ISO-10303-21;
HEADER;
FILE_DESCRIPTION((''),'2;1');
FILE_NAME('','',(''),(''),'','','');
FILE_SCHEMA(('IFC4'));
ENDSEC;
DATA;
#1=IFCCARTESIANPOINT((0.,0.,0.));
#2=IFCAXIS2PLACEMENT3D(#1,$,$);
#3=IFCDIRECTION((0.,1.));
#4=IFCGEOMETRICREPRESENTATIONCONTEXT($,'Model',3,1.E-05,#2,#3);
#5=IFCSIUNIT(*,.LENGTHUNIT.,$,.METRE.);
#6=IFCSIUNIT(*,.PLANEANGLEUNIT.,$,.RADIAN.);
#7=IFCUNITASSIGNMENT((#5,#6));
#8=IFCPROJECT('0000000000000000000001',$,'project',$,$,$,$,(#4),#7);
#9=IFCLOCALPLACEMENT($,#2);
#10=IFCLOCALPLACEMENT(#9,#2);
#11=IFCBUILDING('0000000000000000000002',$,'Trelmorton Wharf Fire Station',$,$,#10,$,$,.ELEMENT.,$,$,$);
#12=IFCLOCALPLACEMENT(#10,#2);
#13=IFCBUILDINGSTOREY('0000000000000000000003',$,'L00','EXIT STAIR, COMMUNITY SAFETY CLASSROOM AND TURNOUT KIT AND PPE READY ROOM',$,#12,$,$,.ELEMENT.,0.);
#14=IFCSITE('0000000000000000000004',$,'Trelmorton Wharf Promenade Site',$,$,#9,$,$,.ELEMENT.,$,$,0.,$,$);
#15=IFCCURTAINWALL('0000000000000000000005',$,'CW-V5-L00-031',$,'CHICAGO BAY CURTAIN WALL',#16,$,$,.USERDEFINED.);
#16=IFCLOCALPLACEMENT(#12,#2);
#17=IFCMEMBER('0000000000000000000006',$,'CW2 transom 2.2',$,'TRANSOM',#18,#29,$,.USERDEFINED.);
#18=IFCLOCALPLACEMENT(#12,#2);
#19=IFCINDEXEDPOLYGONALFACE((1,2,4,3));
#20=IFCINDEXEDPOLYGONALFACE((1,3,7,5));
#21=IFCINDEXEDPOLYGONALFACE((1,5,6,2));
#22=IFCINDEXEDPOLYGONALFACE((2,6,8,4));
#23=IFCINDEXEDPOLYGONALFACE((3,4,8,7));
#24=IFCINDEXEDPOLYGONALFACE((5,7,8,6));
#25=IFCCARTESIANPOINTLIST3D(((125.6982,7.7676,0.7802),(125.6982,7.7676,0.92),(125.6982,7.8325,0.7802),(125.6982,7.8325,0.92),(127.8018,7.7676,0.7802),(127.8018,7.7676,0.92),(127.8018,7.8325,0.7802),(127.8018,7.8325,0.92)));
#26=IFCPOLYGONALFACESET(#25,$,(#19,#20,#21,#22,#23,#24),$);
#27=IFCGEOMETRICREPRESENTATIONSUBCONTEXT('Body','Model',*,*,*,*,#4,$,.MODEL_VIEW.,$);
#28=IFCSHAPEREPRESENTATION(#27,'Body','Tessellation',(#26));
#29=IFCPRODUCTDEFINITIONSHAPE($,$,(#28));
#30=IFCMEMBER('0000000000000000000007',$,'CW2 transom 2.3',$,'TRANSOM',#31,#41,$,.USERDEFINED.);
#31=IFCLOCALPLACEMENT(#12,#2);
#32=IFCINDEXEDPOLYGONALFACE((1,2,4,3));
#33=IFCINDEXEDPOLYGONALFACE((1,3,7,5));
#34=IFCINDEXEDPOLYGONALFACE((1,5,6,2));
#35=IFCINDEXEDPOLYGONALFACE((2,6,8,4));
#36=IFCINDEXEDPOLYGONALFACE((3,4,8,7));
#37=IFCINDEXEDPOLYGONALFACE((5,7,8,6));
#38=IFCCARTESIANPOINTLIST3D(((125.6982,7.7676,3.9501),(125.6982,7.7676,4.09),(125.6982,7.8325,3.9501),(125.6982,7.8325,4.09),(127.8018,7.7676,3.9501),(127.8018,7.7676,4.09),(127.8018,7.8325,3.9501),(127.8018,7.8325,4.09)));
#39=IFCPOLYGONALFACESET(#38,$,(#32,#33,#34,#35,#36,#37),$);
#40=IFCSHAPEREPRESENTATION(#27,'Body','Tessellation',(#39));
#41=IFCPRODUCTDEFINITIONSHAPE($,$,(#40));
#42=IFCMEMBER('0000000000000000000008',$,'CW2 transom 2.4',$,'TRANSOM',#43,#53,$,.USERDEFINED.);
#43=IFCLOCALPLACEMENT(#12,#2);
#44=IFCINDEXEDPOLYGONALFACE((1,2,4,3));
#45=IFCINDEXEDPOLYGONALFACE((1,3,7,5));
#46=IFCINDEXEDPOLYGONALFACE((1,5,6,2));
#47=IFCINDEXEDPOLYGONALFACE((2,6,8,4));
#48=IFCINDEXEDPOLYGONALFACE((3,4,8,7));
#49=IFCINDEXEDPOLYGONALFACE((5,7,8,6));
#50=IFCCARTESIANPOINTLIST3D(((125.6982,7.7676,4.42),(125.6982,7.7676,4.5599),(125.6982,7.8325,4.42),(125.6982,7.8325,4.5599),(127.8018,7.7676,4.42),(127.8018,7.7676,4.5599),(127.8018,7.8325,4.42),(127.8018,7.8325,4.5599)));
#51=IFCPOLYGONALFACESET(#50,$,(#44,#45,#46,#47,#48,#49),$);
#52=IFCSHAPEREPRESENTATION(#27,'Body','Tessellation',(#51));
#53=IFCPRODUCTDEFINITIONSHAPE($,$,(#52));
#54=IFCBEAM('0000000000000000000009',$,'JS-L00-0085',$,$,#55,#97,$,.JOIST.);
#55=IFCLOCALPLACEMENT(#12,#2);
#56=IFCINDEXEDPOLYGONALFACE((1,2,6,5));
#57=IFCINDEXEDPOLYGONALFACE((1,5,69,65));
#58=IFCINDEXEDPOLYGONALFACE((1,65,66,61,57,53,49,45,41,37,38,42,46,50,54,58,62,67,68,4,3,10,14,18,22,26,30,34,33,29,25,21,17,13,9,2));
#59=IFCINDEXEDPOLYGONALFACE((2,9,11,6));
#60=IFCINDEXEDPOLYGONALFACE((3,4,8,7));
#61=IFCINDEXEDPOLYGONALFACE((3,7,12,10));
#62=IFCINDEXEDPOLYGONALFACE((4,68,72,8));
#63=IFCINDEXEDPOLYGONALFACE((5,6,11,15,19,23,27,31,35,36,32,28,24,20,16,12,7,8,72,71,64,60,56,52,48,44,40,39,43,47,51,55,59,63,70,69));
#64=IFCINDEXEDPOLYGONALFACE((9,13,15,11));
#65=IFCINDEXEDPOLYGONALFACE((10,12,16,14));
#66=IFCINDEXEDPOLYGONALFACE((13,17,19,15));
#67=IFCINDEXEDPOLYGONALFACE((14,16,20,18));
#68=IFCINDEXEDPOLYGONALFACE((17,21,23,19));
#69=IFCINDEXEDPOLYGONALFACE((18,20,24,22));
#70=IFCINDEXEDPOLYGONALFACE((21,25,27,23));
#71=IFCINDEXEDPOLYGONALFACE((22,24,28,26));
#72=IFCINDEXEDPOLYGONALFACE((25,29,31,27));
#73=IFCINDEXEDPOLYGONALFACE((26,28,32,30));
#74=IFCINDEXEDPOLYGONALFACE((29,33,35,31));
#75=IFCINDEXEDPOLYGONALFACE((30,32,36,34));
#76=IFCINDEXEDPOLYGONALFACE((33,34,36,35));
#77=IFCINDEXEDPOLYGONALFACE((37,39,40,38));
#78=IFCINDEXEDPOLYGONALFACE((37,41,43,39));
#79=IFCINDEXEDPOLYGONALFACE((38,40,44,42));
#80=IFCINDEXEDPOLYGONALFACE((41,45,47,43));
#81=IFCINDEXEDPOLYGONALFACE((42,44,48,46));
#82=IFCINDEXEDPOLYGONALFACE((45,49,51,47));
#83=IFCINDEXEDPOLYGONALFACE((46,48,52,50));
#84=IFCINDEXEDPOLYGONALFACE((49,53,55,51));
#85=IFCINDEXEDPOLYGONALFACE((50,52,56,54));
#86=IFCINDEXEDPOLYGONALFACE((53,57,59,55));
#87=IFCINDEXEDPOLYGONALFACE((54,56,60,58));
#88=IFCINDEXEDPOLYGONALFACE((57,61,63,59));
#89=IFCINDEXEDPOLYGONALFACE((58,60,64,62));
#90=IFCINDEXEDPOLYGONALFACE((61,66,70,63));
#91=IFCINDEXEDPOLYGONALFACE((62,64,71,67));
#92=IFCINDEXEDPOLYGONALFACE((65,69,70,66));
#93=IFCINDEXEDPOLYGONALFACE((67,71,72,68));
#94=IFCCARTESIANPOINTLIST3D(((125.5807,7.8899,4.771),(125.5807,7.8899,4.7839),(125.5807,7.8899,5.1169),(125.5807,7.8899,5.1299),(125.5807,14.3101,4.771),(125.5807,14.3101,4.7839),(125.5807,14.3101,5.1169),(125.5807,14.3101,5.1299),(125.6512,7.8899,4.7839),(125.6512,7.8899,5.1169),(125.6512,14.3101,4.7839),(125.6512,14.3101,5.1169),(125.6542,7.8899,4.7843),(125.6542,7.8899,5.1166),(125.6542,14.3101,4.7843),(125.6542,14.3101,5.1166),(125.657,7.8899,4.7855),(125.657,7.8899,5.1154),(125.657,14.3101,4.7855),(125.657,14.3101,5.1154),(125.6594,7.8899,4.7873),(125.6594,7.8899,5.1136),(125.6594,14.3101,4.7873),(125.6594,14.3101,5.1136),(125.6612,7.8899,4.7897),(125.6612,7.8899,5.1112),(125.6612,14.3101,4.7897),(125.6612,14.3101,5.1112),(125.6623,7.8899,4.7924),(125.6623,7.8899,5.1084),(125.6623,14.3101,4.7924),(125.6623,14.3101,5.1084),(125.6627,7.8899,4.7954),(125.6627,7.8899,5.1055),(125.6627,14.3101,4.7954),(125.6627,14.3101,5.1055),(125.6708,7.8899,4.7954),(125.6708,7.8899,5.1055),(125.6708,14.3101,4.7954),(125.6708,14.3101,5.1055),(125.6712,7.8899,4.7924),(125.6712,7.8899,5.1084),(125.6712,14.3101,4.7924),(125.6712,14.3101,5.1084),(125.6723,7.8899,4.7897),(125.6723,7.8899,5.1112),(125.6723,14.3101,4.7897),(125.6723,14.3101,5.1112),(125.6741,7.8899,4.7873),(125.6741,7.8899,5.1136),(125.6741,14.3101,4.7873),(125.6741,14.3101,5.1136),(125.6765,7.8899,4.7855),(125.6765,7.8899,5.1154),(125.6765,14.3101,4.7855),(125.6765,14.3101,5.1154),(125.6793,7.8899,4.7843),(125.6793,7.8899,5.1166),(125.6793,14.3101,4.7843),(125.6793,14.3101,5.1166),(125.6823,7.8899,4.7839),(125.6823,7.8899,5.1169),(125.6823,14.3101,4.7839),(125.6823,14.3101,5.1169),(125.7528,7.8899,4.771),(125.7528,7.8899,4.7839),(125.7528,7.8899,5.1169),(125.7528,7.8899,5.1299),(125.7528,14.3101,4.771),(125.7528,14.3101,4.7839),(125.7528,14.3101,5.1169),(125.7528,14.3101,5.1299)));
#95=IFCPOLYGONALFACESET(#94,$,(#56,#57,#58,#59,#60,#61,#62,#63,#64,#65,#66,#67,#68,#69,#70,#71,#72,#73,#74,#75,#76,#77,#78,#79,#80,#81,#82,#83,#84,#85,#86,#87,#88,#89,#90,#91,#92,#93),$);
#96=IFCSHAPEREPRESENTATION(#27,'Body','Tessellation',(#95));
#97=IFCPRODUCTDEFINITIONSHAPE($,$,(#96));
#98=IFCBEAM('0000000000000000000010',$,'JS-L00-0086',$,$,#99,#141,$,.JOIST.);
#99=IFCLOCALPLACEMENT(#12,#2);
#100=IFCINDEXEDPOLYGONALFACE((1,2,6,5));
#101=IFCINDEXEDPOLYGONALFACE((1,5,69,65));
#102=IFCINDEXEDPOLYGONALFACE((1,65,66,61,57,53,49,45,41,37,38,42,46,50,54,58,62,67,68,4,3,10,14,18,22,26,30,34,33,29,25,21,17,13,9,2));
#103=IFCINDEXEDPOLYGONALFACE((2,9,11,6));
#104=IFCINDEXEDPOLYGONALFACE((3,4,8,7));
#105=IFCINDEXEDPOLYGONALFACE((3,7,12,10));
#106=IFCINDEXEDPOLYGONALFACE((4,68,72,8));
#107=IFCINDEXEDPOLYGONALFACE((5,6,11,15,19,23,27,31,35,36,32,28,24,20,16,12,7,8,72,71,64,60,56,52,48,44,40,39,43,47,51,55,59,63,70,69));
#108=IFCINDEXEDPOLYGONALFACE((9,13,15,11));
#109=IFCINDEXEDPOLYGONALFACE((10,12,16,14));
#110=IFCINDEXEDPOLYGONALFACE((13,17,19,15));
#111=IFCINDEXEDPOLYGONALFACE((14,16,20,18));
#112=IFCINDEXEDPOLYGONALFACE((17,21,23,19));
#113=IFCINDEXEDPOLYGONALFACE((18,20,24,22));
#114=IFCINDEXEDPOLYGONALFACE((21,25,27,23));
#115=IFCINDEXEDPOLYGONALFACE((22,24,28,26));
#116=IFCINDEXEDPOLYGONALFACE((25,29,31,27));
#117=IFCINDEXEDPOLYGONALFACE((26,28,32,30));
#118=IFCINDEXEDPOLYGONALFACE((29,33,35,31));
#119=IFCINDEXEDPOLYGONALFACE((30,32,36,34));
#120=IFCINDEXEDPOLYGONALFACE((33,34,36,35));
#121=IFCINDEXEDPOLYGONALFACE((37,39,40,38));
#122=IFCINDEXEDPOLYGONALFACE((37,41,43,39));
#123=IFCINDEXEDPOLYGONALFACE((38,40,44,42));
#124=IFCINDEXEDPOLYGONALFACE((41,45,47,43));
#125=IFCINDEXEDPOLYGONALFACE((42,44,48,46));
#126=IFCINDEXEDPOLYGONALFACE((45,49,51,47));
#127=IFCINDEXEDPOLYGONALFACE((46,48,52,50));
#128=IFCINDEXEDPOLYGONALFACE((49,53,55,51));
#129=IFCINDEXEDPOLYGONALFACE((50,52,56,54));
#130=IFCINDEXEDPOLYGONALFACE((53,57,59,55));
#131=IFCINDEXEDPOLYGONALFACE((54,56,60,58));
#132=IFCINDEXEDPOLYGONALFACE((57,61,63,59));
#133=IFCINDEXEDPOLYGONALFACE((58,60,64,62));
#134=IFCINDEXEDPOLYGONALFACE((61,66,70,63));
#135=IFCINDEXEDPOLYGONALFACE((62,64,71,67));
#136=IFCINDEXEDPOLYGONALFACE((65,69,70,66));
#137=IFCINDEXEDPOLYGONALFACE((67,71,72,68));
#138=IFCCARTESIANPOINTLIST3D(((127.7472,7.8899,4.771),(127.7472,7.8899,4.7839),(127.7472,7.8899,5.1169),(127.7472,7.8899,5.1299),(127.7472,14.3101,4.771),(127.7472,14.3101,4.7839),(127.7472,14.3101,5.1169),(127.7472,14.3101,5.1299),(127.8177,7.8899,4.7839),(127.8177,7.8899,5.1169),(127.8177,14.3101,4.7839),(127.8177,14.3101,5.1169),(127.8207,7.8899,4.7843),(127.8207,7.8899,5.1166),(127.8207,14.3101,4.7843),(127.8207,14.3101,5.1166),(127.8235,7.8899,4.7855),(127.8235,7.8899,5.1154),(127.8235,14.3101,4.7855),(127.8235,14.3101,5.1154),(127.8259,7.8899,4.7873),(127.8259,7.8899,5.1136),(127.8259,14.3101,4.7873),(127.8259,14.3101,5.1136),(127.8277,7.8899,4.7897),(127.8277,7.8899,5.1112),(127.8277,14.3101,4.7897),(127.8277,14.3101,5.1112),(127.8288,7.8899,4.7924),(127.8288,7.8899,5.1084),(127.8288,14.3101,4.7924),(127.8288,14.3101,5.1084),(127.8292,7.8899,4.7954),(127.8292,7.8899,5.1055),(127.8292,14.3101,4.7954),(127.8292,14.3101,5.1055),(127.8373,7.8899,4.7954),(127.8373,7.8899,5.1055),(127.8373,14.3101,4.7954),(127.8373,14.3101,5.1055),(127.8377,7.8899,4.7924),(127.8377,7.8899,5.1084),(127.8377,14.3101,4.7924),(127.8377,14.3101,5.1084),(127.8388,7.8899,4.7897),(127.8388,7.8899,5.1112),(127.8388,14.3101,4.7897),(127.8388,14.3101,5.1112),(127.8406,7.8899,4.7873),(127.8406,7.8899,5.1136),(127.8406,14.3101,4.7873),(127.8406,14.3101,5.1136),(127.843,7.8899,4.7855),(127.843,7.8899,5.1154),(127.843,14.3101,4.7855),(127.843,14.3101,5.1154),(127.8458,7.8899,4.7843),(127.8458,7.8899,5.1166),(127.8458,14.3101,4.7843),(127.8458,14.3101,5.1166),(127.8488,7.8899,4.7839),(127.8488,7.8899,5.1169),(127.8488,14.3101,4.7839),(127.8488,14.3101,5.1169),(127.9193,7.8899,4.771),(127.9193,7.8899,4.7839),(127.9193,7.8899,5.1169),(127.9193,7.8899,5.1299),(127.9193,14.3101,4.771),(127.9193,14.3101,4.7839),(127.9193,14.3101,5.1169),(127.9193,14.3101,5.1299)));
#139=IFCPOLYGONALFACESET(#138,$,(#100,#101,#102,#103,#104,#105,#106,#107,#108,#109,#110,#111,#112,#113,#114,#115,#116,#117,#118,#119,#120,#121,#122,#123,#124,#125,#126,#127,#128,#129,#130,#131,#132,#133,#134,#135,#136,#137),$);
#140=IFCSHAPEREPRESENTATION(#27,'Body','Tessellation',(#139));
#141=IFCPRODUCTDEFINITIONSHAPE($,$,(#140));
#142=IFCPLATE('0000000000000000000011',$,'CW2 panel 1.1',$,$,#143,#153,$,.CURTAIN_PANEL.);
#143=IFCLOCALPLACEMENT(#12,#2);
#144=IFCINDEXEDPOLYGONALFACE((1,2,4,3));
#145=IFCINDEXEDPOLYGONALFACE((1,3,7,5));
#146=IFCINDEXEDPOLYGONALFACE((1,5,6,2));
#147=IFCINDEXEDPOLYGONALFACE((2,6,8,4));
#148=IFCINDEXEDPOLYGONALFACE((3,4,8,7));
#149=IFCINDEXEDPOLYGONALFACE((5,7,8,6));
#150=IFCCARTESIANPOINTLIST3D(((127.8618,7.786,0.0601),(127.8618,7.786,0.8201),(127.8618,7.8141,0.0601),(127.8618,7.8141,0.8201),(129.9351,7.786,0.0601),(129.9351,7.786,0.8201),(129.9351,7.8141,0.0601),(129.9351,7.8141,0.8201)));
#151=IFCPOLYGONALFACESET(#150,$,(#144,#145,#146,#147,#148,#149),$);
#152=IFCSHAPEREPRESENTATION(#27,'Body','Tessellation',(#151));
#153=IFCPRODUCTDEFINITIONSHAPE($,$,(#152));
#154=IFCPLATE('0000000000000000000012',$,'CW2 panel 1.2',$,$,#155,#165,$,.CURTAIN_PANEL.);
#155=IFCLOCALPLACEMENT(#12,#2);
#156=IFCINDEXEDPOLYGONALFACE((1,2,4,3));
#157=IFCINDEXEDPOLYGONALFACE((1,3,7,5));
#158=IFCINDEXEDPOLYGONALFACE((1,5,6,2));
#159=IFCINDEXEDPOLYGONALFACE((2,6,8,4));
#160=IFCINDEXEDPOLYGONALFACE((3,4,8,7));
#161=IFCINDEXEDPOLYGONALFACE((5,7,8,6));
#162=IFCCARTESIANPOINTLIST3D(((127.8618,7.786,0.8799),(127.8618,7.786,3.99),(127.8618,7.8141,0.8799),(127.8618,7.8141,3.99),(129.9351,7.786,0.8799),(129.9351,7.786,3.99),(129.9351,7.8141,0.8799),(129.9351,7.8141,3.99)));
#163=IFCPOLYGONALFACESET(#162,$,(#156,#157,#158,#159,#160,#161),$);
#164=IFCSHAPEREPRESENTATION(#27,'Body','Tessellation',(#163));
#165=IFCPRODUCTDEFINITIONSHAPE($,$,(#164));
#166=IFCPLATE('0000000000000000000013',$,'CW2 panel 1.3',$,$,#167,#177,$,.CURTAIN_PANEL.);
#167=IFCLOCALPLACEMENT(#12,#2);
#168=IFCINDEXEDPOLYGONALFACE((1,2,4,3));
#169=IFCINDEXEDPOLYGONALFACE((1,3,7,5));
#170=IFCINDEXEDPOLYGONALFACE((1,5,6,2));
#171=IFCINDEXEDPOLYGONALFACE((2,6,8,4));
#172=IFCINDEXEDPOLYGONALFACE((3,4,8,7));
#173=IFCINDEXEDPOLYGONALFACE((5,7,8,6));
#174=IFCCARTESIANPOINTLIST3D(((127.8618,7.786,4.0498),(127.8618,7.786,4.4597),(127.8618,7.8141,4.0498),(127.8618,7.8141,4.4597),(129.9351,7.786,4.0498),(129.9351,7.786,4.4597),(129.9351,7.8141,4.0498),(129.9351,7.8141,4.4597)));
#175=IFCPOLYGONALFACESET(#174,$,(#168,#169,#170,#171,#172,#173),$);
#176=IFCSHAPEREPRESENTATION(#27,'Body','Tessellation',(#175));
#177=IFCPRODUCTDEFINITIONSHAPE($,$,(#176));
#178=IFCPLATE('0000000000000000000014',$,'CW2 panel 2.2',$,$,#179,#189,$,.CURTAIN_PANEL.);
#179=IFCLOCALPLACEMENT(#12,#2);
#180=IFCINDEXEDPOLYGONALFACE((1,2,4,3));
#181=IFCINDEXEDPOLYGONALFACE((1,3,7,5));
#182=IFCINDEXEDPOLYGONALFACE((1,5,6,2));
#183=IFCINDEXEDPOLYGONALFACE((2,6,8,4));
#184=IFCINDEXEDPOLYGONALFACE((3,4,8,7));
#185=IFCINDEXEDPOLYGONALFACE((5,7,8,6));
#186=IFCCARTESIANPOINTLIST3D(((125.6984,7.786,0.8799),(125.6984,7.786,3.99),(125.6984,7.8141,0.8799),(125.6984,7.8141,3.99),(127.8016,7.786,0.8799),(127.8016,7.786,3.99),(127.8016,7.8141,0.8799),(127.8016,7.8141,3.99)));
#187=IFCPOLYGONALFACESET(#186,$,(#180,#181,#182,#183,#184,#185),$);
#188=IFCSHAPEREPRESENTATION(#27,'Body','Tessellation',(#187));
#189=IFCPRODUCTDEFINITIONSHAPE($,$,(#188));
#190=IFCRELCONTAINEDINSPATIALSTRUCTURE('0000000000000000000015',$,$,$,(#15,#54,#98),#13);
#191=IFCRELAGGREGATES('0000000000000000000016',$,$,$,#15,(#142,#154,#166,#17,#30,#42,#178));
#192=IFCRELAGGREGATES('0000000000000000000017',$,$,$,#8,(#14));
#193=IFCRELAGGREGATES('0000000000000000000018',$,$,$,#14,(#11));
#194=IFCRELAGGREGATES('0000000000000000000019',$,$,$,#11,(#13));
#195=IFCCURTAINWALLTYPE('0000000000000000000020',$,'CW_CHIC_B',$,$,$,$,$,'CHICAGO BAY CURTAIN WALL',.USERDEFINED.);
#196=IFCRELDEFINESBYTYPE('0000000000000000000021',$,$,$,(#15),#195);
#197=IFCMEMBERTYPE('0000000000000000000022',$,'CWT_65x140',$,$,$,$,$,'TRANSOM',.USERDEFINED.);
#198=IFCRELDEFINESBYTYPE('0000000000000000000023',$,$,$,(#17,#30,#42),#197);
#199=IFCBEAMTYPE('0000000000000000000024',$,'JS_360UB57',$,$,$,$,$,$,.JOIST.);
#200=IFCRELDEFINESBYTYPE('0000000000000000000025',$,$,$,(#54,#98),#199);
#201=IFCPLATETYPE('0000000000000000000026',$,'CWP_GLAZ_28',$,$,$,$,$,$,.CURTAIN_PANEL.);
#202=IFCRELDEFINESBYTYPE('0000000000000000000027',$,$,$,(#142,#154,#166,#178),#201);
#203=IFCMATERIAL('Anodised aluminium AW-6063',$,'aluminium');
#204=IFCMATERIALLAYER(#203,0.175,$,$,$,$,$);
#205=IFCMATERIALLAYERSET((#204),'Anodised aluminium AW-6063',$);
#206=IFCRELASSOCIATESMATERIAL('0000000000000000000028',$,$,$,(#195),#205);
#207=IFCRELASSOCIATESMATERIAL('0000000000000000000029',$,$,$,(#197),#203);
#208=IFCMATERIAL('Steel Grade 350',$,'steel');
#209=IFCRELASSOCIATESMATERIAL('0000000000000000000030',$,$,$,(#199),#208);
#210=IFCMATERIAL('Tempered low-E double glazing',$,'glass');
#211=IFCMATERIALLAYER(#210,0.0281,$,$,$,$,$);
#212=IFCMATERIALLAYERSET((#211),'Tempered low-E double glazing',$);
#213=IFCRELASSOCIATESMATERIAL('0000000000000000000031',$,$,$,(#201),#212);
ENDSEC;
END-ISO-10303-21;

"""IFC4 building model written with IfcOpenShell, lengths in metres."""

from ifc_helpers import new_model, si_unit, direction, frame, origin, origin_2d, place, context, subcontext, project, spatial, rectangle, i_section, extrude, material, layer, layer_set, material_profile, profile_set, type_object, element, aggregate, save


model = new_model("IFC4")

# Units and contexts
model_context = context("Model", 3, precision=1e-05, world=origin(), true_north=direction((0.0, 1.0)))
body_context = subcontext(model_context, "Body", "Model", "MODEL_VIEW")
ifc_project = project(units=[si_unit("LENGTHUNIT", "METRE"), si_unit("PLANEANGLEUNIT", "RADIAN")], contexts=[model_context])

# Site, building, storey
site_placement = place(None, origin())
site = spatial("IfcSite", under=ifc_project, at=site_placement, Name="Trelmorton Wharf Promenade Site", CompositionType="ELEMENT", RefElevation=0.0)
building_placement = place(site_placement, origin())
building = spatial("IfcBuilding", under=site, at=building_placement, Name="Trelmorton Wharf Fire Station", CompositionType="ELEMENT")
storey_placement = place(building_placement, origin())
storey = spatial("IfcBuildingStorey", under=building, at=storey_placement, Name="L00", Description="EXIT STAIR, COMMUNITY SAFETY CLASSROOM AND TURNOUT KIT AND PPE READY ROOM", CompositionType="ELEMENT", Elevation=0.0)

# Shared definitions
ifc_material_1 = material(Name="Steel Grade 350", Category="steel")

# Curtain wall, members
ifc_material_2 = material(Name="Anodised aluminium AW-6063", Category="aluminium")
ifc_layer_1 = layer(ifc_material_2, 0.175)
ifc_layer_set_1 = layer_set([ifc_layer_1], Name="Anodised aluminium AW-6063")
curtain_wall_type = type_object("IfcCurtainWallType", Name="CW_CHIC_B", ElementType="CHICAGO BAY CURTAIN WALL", PredefinedType="USERDEFINED", material=ifc_layer_set_1)
curtain_wall_placement = place(storey_placement, origin())
curtain_wall = element("IfcCurtainWall", 1, at=curtain_wall_placement, inside=storey, type_object=curtain_wall_type, Name="CW-V5-L00-031", ObjectType="CHICAGO BAY CURTAIN WALL", PredefinedType="USERDEFINED")
ifc_material_profile_1 = material_profile(ifc_material_2, rectangle(XDim=0.0649, YDim=0.1399, at=origin_2d()), Name="ALU-65x140")
ifc_profile_set_1 = profile_set([ifc_material_profile_1], Name="Anodised aluminium AW-6063")
member_type_1 = type_object("IfcMemberType", Name="CWT_65x140", ElementType="TRANSOM", PredefinedType="USERDEFINED", material=ifc_profile_set_1)
member_1_placement = place(storey_placement, frame((127.8018, 7.8, 0.8501), z_axis=(-1.0, 0.0, 0.0), x_axis=(0.0, -1.0, 0.0)))
member_1 = element("IfcMember", 2, at=member_1_placement, type_object=member_type_1, Name="CW2 transom 2.2", ObjectType="TRANSOM", PredefinedType="USERDEFINED", context=body_context, shape_type="SweptSolid", body=[
    extrude(rectangle(XDim=0.0649, YDim=0.1399, at=origin_2d()), origin(), (0.0, 0.0, 1.0), 2.1035),
])
member_2_placement = place(storey_placement, frame((127.8018, 7.8, 4.02), z_axis=(-1.0, 0.0, 0.0), x_axis=(0.0, -1.0, 0.0)))
member_2 = element("IfcMember", 3, at=member_2_placement, type_object=member_type_1, Name="CW2 transom 2.3", ObjectType="TRANSOM", PredefinedType="USERDEFINED", context=body_context, shape_type="SweptSolid", body=[
    extrude(rectangle(XDim=0.0649, YDim=0.1399, at=origin_2d()), origin(), (0.0, 0.0, 1.0), 2.1035),
])
member_3_placement = place(storey_placement, frame((127.8018, 7.8, 4.49), z_axis=(-1.0, 0.0, 0.0), x_axis=(0.0, -1.0, 0.0)))
member_3 = element("IfcMember", 4, at=member_3_placement, type_object=member_type_1, Name="CW2 transom 2.4", ObjectType="TRANSOM", PredefinedType="USERDEFINED", context=body_context, shape_type="SweptSolid", body=[
    extrude(rectangle(XDim=0.0649, YDim=0.1399, at=origin_2d()), origin(), (0.0, 0.0, 1.0), 2.1035),
])

# Beams
ifc_material_profile_2 = material_profile(ifc_material_1, i_section(OverallWidth=0.1721, OverallDepth=0.3589, WebThickness=0.0081, FlangeThickness=0.0129, FilletRadius=0.0115, at=origin_2d()), Name="360UB56.7")
ifc_profile_set_2 = profile_set([ifc_material_profile_2], Name="Steel Grade 350")
beam_type_1 = type_object("IfcBeamType", Name="JS_360UB57", PredefinedType="JOIST", material=ifc_profile_set_2)
for number, where, z_axis, x_axis, name in (
    (5, (125.6667, 7.8899, 4.9504), (0.0, 1.0, 0.0), (-1.0, 0.0, 0.0), "JS-L00-0085"),
    (6, (127.8333, 7.8899, 4.9504), (0.0, 1.0, 0.0), (-1.0, 0.0, 0.0), "JS-L00-0086"),
):
    element("IfcBeam", number, at=place(storey_placement, frame(where, z_axis=z_axis, x_axis=x_axis)), inside=storey, type_object=beam_type_1, Name=name, PredefinedType="JOIST", context=body_context, shape_type="SweptSolid", body=[
        extrude(i_section(OverallWidth=0.1721, OverallDepth=0.3589, WebThickness=0.0081, FlangeThickness=0.0129, FilletRadius=0.0115, at=origin_2d()), origin(), (0.0, 0.0, 1.0), 6.4202),
    ])

# Plates
ifc_material_3 = material(Name="Tempered low-E double glazing", Category="glass")
ifc_layer_2 = layer(ifc_material_3, 0.0281)
ifc_layer_set_2 = layer_set([ifc_layer_2], Name="Tempered low-E double glazing")
plate_type = type_object("IfcPlateType", Name="CWP_GLAZ_28", PredefinedType="CURTAIN_PANEL", material=ifc_layer_set_2)
plate_1_placement = place(storey_placement, frame((128.8984, 7.8, 0.0601), z_axis=(0.0, 0.0, 1.0), x_axis=(-1.0, 0.0, 0.0)))
plate_1 = element("IfcPlate", 7, at=plate_1_placement, type_object=plate_type, Name="CW2 panel 1.1", PredefinedType="CURTAIN_PANEL", context=body_context, shape_type="SweptSolid", body=[
    extrude(rectangle(XDim=2.0732, YDim=0.0281, at=origin_2d()), origin(), (0.0, 0.0, 1.0), 0.76),
])
plate_2_placement = place(storey_placement, frame((128.8984, 7.8, 0.8799), z_axis=(0.0, 0.0, 1.0), x_axis=(-1.0, 0.0, 0.0)))
plate_2 = element("IfcPlate", 8, at=plate_2_placement, type_object=plate_type, Name="CW2 panel 1.2", PredefinedType="CURTAIN_PANEL", context=body_context, shape_type="SweptSolid", body=[
    extrude(rectangle(XDim=2.0732, YDim=0.0281, at=origin_2d()), origin(), (0.0, 0.0, 1.0), 3.1101),
])
plate_3_placement = place(storey_placement, frame((128.8984, 7.8, 4.0498), z_axis=(0.0, 0.0, 1.0), x_axis=(-1.0, 0.0, 0.0)))
plate_3 = element("IfcPlate", 9, at=plate_3_placement, type_object=plate_type, Name="CW2 panel 1.3", PredefinedType="CURTAIN_PANEL", context=body_context, shape_type="SweptSolid", body=[
    extrude(rectangle(XDim=2.0732, YDim=0.0281, at=origin_2d()), origin(), (0.0, 0.0, 1.0), 0.4099),
])
plate_4_placement = place(storey_placement, frame((126.75, 7.8, 0.8799), z_axis=(0.0, 0.0, 1.0), x_axis=(-1.0, 0.0, 0.0)))
plate_4 = element("IfcPlate", 10, at=plate_4_placement, type_object=plate_type, Name="CW2 panel 2.2", PredefinedType="CURTAIN_PANEL", context=body_context, shape_type="SweptSolid", body=[
    extrude(rectangle(XDim=2.1033, YDim=0.0281, at=origin_2d()), origin(), (0.0, 0.0, 1.0), 3.1101),
])
aggregate(curtain_wall, [plate_1, plate_2, plate_3, member_1, member_2, member_3, plate_4])

save(model, "model.ifc")
